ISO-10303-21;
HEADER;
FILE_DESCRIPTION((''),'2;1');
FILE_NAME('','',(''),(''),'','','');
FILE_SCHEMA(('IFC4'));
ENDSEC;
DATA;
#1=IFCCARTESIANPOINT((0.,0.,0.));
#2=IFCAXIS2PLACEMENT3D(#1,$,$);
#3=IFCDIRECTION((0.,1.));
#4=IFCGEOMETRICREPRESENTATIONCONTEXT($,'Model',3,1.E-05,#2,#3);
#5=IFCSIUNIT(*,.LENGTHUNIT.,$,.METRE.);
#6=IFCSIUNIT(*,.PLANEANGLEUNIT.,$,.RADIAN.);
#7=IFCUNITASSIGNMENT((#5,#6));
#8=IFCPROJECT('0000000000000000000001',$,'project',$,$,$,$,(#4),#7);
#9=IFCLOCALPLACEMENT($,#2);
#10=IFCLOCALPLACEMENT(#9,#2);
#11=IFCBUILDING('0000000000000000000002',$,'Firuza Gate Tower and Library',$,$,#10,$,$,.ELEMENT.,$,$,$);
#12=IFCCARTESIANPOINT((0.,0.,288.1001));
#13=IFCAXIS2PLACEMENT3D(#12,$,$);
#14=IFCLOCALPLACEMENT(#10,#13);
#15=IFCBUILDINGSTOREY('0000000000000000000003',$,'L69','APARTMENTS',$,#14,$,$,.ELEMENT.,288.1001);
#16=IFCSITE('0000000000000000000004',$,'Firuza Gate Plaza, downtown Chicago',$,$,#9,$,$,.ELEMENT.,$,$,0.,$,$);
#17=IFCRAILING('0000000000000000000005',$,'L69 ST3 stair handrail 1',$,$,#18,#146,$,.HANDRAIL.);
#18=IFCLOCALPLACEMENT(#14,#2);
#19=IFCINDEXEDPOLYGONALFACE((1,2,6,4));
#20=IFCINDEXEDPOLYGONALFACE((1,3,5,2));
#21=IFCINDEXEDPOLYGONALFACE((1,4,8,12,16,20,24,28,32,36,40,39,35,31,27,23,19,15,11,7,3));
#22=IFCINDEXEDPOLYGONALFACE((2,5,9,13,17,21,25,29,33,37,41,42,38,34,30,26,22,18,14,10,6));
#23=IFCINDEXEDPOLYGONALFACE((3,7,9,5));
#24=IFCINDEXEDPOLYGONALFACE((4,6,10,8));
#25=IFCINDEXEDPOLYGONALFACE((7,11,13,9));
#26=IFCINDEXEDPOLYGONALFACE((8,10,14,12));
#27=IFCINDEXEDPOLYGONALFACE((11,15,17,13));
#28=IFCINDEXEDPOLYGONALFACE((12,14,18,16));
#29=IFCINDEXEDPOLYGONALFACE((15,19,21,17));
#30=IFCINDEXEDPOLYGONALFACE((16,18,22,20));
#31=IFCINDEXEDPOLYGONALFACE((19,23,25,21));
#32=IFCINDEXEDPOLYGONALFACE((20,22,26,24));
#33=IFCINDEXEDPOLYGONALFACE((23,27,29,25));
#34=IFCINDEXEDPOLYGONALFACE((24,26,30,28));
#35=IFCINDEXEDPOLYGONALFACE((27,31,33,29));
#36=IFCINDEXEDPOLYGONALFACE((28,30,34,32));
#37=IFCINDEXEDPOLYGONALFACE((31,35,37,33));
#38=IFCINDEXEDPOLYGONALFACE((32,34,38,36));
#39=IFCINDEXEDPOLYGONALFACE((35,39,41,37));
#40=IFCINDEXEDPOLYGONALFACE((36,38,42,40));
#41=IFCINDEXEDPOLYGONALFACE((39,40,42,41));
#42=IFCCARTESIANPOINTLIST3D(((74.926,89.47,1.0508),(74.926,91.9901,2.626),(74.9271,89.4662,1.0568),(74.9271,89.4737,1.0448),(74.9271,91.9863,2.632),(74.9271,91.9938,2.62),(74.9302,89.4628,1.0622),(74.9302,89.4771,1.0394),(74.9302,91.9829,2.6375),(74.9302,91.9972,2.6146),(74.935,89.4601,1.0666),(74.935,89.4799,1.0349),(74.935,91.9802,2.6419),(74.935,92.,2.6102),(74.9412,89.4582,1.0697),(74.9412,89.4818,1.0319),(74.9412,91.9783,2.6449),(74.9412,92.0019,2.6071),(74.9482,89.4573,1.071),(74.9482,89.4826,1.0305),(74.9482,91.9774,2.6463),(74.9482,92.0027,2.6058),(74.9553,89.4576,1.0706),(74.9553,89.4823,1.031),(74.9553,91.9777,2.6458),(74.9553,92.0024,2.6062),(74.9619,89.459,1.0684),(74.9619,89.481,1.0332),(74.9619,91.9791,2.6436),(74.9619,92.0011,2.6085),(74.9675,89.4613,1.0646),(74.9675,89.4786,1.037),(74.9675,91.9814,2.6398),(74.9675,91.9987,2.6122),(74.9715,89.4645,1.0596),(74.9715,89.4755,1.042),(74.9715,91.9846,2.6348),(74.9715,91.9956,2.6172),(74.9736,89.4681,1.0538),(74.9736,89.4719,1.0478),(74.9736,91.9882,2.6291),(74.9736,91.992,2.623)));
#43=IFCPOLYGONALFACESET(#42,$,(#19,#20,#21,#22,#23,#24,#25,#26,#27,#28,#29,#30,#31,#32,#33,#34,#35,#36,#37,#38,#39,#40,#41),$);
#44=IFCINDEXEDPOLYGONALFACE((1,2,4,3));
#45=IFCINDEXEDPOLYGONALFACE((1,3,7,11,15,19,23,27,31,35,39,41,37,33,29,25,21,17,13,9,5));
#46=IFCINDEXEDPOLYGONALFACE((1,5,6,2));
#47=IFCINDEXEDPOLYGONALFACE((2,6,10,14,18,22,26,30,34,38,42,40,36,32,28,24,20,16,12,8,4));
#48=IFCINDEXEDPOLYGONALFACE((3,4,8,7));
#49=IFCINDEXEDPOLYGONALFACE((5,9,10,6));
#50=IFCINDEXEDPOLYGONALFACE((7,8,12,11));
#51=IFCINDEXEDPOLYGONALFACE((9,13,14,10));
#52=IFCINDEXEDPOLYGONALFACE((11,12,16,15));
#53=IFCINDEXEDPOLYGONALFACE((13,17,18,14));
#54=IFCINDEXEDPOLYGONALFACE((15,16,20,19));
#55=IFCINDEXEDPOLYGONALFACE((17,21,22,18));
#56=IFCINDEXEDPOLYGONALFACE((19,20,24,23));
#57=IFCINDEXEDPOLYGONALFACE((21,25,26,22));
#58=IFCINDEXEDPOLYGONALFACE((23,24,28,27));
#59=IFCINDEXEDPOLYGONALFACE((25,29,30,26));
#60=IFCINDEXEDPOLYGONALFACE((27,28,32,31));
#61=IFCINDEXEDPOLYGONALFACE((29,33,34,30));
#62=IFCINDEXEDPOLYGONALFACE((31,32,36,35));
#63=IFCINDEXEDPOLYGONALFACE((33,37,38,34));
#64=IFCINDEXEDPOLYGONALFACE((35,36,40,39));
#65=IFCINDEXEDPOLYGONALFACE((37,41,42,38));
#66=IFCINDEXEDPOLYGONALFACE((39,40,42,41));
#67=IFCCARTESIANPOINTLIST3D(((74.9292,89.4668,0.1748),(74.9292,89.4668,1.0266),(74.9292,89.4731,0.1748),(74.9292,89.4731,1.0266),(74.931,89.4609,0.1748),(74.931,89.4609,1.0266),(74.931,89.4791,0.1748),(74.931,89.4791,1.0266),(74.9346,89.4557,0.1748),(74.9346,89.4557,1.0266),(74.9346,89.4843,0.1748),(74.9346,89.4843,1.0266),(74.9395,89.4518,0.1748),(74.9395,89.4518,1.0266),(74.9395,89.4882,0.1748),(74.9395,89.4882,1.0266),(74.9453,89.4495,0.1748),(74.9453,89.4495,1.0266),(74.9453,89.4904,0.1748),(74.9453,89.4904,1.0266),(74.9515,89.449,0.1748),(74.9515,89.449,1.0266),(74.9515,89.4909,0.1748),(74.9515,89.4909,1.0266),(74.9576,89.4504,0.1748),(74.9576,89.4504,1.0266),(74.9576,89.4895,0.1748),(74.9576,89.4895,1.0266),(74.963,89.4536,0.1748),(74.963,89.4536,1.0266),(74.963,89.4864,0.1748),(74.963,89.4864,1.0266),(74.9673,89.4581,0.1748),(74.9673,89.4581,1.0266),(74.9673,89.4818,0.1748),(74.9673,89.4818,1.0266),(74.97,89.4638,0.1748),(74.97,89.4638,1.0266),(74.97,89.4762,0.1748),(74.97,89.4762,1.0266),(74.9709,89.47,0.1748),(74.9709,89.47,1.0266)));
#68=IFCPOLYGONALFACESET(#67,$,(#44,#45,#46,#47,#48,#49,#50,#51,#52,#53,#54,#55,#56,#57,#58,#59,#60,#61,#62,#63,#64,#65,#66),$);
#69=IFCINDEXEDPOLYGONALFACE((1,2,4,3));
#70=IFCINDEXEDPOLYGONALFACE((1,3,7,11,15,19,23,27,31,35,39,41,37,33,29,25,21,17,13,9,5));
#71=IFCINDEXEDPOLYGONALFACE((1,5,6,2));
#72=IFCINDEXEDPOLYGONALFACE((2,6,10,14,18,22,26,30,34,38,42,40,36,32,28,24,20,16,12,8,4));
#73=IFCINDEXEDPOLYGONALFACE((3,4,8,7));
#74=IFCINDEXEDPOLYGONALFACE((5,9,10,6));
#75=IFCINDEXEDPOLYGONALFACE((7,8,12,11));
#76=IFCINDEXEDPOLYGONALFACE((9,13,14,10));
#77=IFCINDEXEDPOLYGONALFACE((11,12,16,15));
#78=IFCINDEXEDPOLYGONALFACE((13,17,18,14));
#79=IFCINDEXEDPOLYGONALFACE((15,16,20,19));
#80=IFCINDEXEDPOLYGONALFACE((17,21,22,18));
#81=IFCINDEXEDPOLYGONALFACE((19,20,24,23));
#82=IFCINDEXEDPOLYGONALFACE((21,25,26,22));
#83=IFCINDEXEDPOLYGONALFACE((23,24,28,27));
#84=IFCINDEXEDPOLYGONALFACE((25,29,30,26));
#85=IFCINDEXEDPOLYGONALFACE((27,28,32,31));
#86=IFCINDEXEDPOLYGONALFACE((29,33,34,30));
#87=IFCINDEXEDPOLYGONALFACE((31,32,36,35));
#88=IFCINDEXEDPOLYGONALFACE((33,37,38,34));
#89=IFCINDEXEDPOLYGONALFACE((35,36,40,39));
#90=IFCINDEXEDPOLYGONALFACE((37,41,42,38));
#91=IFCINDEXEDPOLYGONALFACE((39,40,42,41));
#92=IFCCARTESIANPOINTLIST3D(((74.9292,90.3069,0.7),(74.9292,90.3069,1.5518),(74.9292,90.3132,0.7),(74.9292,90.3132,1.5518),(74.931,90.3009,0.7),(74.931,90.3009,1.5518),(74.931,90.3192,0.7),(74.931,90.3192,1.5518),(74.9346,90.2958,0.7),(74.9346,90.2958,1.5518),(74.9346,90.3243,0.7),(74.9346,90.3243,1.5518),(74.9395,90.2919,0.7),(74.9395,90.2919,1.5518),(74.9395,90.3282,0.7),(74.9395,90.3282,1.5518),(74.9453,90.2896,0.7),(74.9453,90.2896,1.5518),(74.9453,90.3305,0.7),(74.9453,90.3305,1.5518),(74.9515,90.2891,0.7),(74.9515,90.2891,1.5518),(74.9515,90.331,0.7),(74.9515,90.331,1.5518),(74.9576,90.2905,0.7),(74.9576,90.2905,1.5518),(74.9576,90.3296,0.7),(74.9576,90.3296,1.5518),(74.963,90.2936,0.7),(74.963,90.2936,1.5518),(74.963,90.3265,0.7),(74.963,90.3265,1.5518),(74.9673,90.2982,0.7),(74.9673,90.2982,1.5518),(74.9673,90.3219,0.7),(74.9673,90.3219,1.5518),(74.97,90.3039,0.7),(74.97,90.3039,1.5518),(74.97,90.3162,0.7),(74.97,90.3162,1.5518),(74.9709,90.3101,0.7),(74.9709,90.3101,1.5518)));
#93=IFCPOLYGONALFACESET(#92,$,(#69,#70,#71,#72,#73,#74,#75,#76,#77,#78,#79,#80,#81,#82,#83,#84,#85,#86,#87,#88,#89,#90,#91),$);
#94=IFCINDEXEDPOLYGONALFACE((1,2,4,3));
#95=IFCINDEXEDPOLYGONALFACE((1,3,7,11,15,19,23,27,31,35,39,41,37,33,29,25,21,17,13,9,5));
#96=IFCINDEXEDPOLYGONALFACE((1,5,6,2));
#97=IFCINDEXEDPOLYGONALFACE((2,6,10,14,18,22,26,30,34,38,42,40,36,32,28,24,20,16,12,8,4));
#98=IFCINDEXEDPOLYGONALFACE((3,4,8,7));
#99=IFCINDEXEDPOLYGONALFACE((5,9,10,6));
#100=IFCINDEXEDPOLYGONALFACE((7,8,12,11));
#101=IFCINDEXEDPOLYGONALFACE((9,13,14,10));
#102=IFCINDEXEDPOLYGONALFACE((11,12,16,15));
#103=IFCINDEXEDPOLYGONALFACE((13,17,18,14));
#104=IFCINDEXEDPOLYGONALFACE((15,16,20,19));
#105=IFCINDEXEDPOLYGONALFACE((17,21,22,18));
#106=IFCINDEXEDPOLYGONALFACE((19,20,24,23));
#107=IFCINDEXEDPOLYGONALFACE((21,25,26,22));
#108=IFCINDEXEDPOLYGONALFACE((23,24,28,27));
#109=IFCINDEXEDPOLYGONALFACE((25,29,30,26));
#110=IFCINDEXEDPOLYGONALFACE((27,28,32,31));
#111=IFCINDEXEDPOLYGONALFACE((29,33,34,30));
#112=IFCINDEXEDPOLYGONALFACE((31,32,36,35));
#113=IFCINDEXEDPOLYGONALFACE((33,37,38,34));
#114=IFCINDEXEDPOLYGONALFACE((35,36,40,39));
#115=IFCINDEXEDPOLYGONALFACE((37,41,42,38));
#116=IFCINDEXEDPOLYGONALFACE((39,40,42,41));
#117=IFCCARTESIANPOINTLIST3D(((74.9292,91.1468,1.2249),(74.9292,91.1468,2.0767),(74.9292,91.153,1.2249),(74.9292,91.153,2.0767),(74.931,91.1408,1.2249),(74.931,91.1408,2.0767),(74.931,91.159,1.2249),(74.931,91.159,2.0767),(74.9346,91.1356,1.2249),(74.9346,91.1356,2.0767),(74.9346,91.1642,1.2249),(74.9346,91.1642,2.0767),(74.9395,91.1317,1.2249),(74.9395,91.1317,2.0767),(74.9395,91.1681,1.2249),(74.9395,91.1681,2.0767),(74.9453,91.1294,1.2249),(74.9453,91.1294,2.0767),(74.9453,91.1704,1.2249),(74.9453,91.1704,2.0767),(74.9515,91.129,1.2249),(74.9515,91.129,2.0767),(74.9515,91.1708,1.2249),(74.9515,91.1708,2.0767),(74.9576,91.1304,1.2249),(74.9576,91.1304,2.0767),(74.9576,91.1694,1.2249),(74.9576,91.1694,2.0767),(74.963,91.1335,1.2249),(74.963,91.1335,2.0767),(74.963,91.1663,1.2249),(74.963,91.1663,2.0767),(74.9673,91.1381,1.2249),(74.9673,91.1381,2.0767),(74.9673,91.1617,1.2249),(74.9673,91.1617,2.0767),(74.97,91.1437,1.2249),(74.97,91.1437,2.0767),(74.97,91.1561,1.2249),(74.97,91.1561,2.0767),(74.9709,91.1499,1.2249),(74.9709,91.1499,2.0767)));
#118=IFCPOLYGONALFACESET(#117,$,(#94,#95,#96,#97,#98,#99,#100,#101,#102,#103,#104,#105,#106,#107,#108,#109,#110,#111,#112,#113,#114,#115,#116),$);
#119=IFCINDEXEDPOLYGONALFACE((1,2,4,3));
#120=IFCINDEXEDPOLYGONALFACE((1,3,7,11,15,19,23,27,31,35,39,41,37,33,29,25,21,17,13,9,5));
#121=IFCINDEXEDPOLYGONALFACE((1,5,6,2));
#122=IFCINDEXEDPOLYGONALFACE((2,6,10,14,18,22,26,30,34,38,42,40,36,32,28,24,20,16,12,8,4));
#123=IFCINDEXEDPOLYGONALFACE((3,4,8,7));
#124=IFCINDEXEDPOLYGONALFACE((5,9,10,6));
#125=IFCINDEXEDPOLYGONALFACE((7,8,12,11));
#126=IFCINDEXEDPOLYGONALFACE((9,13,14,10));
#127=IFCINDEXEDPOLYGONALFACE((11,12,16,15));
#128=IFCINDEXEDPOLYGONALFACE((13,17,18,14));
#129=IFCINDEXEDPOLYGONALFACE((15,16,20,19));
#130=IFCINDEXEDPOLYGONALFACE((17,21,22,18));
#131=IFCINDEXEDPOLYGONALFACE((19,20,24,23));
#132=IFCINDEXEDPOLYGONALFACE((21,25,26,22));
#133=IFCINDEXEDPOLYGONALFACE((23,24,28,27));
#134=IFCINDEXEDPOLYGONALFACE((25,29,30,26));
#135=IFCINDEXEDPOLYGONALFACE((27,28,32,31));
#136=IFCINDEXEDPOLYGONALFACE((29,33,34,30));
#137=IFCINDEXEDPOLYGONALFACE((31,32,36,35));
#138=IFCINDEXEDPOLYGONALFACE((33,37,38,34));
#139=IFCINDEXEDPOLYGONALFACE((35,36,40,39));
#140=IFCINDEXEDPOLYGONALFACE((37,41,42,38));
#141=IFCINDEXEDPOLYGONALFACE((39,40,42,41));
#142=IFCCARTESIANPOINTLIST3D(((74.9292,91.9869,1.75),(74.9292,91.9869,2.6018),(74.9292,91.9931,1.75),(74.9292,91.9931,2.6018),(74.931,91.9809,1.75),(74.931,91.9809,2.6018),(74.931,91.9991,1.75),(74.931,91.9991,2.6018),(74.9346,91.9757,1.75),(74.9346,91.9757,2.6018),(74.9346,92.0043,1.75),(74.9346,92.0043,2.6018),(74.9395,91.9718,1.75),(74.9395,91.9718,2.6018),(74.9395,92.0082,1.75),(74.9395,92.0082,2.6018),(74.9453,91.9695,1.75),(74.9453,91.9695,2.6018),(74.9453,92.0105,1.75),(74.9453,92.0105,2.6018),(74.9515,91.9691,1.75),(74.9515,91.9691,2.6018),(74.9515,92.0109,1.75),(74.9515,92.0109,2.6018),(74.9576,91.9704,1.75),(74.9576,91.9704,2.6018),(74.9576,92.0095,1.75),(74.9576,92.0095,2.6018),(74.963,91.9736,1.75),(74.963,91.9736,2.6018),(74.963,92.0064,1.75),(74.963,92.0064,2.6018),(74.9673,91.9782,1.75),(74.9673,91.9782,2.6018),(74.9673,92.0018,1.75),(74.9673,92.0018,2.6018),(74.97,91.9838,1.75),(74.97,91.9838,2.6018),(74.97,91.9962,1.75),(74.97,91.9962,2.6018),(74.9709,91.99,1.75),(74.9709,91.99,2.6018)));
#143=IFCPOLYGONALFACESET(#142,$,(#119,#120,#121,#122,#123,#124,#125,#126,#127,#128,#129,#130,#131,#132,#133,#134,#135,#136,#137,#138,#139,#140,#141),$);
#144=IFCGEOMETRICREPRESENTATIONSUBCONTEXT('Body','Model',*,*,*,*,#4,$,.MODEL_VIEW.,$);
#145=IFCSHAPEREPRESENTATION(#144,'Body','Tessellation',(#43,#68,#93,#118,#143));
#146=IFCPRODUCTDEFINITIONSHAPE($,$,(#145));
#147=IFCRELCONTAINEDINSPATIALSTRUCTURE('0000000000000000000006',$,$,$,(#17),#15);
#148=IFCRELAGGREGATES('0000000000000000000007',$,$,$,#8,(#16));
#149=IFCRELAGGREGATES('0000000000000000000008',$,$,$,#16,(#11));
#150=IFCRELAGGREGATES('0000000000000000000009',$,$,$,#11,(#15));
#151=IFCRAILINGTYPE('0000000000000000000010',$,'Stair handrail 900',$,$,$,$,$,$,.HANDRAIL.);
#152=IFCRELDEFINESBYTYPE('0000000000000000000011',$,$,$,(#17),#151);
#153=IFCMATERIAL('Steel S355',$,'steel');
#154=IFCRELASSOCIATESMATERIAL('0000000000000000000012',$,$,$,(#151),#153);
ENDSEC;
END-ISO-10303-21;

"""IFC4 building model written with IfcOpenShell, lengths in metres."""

from ifc_helpers import new_model, si_unit, direction, frame, origin, origin_2d, place, context, subcontext, project, spatial, circle, extrude, material, type_object, element, save


model = new_model("IFC4")

# Units and contexts
model_context = context("Model", 3, precision=1e-05, world=origin(), true_north=direction((0.0, 1.0)))
body_context = subcontext(model_context, "Body", "Model", "MODEL_VIEW")
ifc_project = project(units=[si_unit("LENGTHUNIT", "METRE"), si_unit("PLANEANGLEUNIT", "RADIAN")], contexts=[model_context])

# Site, building, storey
site_placement = place(None, origin())
site = spatial("IfcSite", under=ifc_project, at=site_placement, Name="Firuza Gate Plaza, downtown Chicago", CompositionType="ELEMENT", RefElevation=0.0)
building_placement = place(site_placement, origin())
building = spatial("IfcBuilding", under=site, at=building_placement, Name="Firuza Gate Tower and Library", CompositionType="ELEMENT")
storey_placement = place(building_placement, frame((0.0, 0.0, 288.1001)))
storey = spatial("IfcBuildingStorey", under=building, at=storey_placement, Name="L69", Description="APARTMENTS", CompositionType="ELEMENT", Elevation=288.1001)

# Railing
ifc_material_1 = material(Name="Steel S355", Category="steel")
railing_type_1 = type_object("IfcRailingType", Name="Stair handrail 900", PredefinedType="HANDRAIL", material=ifc_material_1)
railing_1_placement = place(storey_placement, frame((74.95, 89.47, 0.1748)))
element("IfcRailing", 1, at=railing_1_placement, inside=storey, type_object=railing_type_1, Name="L69 ST3 stair handrail 1", PredefinedType="HANDRAIL", context=body_context, shape_type="SweptSolid", body=[
    extrude(circle(Radius=0.0239, at=origin_2d()), frame((0.0, 0.0, 0.876), z_axis=(0.0, 0.847971, 0.530043), x_axis=(-1.0, 0.0, 0.0)), (0.0, 0.0, 1.0), 2.9719),
    extrude(circle(Radius=0.021, at=origin_2d()), origin(), (0.0, 0.0, 1.0), 0.8518),
    extrude(circle(Radius=0.021, at=origin_2d()), frame((0.0, 0.8401, 0.5251)), (0.0, 0.0, 1.0), 0.8518),
    extrude(circle(Radius=0.021, at=origin_2d()), frame((0.0, 1.6799, 1.05)), (0.0, 0.0, 1.0), 0.8518),
    extrude(circle(Radius=0.021, at=origin_2d()), frame((0.0, 2.52, 1.5752)), (0.0, 0.0, 1.0), 0.8518),
])

save(model, "model.ifc")
